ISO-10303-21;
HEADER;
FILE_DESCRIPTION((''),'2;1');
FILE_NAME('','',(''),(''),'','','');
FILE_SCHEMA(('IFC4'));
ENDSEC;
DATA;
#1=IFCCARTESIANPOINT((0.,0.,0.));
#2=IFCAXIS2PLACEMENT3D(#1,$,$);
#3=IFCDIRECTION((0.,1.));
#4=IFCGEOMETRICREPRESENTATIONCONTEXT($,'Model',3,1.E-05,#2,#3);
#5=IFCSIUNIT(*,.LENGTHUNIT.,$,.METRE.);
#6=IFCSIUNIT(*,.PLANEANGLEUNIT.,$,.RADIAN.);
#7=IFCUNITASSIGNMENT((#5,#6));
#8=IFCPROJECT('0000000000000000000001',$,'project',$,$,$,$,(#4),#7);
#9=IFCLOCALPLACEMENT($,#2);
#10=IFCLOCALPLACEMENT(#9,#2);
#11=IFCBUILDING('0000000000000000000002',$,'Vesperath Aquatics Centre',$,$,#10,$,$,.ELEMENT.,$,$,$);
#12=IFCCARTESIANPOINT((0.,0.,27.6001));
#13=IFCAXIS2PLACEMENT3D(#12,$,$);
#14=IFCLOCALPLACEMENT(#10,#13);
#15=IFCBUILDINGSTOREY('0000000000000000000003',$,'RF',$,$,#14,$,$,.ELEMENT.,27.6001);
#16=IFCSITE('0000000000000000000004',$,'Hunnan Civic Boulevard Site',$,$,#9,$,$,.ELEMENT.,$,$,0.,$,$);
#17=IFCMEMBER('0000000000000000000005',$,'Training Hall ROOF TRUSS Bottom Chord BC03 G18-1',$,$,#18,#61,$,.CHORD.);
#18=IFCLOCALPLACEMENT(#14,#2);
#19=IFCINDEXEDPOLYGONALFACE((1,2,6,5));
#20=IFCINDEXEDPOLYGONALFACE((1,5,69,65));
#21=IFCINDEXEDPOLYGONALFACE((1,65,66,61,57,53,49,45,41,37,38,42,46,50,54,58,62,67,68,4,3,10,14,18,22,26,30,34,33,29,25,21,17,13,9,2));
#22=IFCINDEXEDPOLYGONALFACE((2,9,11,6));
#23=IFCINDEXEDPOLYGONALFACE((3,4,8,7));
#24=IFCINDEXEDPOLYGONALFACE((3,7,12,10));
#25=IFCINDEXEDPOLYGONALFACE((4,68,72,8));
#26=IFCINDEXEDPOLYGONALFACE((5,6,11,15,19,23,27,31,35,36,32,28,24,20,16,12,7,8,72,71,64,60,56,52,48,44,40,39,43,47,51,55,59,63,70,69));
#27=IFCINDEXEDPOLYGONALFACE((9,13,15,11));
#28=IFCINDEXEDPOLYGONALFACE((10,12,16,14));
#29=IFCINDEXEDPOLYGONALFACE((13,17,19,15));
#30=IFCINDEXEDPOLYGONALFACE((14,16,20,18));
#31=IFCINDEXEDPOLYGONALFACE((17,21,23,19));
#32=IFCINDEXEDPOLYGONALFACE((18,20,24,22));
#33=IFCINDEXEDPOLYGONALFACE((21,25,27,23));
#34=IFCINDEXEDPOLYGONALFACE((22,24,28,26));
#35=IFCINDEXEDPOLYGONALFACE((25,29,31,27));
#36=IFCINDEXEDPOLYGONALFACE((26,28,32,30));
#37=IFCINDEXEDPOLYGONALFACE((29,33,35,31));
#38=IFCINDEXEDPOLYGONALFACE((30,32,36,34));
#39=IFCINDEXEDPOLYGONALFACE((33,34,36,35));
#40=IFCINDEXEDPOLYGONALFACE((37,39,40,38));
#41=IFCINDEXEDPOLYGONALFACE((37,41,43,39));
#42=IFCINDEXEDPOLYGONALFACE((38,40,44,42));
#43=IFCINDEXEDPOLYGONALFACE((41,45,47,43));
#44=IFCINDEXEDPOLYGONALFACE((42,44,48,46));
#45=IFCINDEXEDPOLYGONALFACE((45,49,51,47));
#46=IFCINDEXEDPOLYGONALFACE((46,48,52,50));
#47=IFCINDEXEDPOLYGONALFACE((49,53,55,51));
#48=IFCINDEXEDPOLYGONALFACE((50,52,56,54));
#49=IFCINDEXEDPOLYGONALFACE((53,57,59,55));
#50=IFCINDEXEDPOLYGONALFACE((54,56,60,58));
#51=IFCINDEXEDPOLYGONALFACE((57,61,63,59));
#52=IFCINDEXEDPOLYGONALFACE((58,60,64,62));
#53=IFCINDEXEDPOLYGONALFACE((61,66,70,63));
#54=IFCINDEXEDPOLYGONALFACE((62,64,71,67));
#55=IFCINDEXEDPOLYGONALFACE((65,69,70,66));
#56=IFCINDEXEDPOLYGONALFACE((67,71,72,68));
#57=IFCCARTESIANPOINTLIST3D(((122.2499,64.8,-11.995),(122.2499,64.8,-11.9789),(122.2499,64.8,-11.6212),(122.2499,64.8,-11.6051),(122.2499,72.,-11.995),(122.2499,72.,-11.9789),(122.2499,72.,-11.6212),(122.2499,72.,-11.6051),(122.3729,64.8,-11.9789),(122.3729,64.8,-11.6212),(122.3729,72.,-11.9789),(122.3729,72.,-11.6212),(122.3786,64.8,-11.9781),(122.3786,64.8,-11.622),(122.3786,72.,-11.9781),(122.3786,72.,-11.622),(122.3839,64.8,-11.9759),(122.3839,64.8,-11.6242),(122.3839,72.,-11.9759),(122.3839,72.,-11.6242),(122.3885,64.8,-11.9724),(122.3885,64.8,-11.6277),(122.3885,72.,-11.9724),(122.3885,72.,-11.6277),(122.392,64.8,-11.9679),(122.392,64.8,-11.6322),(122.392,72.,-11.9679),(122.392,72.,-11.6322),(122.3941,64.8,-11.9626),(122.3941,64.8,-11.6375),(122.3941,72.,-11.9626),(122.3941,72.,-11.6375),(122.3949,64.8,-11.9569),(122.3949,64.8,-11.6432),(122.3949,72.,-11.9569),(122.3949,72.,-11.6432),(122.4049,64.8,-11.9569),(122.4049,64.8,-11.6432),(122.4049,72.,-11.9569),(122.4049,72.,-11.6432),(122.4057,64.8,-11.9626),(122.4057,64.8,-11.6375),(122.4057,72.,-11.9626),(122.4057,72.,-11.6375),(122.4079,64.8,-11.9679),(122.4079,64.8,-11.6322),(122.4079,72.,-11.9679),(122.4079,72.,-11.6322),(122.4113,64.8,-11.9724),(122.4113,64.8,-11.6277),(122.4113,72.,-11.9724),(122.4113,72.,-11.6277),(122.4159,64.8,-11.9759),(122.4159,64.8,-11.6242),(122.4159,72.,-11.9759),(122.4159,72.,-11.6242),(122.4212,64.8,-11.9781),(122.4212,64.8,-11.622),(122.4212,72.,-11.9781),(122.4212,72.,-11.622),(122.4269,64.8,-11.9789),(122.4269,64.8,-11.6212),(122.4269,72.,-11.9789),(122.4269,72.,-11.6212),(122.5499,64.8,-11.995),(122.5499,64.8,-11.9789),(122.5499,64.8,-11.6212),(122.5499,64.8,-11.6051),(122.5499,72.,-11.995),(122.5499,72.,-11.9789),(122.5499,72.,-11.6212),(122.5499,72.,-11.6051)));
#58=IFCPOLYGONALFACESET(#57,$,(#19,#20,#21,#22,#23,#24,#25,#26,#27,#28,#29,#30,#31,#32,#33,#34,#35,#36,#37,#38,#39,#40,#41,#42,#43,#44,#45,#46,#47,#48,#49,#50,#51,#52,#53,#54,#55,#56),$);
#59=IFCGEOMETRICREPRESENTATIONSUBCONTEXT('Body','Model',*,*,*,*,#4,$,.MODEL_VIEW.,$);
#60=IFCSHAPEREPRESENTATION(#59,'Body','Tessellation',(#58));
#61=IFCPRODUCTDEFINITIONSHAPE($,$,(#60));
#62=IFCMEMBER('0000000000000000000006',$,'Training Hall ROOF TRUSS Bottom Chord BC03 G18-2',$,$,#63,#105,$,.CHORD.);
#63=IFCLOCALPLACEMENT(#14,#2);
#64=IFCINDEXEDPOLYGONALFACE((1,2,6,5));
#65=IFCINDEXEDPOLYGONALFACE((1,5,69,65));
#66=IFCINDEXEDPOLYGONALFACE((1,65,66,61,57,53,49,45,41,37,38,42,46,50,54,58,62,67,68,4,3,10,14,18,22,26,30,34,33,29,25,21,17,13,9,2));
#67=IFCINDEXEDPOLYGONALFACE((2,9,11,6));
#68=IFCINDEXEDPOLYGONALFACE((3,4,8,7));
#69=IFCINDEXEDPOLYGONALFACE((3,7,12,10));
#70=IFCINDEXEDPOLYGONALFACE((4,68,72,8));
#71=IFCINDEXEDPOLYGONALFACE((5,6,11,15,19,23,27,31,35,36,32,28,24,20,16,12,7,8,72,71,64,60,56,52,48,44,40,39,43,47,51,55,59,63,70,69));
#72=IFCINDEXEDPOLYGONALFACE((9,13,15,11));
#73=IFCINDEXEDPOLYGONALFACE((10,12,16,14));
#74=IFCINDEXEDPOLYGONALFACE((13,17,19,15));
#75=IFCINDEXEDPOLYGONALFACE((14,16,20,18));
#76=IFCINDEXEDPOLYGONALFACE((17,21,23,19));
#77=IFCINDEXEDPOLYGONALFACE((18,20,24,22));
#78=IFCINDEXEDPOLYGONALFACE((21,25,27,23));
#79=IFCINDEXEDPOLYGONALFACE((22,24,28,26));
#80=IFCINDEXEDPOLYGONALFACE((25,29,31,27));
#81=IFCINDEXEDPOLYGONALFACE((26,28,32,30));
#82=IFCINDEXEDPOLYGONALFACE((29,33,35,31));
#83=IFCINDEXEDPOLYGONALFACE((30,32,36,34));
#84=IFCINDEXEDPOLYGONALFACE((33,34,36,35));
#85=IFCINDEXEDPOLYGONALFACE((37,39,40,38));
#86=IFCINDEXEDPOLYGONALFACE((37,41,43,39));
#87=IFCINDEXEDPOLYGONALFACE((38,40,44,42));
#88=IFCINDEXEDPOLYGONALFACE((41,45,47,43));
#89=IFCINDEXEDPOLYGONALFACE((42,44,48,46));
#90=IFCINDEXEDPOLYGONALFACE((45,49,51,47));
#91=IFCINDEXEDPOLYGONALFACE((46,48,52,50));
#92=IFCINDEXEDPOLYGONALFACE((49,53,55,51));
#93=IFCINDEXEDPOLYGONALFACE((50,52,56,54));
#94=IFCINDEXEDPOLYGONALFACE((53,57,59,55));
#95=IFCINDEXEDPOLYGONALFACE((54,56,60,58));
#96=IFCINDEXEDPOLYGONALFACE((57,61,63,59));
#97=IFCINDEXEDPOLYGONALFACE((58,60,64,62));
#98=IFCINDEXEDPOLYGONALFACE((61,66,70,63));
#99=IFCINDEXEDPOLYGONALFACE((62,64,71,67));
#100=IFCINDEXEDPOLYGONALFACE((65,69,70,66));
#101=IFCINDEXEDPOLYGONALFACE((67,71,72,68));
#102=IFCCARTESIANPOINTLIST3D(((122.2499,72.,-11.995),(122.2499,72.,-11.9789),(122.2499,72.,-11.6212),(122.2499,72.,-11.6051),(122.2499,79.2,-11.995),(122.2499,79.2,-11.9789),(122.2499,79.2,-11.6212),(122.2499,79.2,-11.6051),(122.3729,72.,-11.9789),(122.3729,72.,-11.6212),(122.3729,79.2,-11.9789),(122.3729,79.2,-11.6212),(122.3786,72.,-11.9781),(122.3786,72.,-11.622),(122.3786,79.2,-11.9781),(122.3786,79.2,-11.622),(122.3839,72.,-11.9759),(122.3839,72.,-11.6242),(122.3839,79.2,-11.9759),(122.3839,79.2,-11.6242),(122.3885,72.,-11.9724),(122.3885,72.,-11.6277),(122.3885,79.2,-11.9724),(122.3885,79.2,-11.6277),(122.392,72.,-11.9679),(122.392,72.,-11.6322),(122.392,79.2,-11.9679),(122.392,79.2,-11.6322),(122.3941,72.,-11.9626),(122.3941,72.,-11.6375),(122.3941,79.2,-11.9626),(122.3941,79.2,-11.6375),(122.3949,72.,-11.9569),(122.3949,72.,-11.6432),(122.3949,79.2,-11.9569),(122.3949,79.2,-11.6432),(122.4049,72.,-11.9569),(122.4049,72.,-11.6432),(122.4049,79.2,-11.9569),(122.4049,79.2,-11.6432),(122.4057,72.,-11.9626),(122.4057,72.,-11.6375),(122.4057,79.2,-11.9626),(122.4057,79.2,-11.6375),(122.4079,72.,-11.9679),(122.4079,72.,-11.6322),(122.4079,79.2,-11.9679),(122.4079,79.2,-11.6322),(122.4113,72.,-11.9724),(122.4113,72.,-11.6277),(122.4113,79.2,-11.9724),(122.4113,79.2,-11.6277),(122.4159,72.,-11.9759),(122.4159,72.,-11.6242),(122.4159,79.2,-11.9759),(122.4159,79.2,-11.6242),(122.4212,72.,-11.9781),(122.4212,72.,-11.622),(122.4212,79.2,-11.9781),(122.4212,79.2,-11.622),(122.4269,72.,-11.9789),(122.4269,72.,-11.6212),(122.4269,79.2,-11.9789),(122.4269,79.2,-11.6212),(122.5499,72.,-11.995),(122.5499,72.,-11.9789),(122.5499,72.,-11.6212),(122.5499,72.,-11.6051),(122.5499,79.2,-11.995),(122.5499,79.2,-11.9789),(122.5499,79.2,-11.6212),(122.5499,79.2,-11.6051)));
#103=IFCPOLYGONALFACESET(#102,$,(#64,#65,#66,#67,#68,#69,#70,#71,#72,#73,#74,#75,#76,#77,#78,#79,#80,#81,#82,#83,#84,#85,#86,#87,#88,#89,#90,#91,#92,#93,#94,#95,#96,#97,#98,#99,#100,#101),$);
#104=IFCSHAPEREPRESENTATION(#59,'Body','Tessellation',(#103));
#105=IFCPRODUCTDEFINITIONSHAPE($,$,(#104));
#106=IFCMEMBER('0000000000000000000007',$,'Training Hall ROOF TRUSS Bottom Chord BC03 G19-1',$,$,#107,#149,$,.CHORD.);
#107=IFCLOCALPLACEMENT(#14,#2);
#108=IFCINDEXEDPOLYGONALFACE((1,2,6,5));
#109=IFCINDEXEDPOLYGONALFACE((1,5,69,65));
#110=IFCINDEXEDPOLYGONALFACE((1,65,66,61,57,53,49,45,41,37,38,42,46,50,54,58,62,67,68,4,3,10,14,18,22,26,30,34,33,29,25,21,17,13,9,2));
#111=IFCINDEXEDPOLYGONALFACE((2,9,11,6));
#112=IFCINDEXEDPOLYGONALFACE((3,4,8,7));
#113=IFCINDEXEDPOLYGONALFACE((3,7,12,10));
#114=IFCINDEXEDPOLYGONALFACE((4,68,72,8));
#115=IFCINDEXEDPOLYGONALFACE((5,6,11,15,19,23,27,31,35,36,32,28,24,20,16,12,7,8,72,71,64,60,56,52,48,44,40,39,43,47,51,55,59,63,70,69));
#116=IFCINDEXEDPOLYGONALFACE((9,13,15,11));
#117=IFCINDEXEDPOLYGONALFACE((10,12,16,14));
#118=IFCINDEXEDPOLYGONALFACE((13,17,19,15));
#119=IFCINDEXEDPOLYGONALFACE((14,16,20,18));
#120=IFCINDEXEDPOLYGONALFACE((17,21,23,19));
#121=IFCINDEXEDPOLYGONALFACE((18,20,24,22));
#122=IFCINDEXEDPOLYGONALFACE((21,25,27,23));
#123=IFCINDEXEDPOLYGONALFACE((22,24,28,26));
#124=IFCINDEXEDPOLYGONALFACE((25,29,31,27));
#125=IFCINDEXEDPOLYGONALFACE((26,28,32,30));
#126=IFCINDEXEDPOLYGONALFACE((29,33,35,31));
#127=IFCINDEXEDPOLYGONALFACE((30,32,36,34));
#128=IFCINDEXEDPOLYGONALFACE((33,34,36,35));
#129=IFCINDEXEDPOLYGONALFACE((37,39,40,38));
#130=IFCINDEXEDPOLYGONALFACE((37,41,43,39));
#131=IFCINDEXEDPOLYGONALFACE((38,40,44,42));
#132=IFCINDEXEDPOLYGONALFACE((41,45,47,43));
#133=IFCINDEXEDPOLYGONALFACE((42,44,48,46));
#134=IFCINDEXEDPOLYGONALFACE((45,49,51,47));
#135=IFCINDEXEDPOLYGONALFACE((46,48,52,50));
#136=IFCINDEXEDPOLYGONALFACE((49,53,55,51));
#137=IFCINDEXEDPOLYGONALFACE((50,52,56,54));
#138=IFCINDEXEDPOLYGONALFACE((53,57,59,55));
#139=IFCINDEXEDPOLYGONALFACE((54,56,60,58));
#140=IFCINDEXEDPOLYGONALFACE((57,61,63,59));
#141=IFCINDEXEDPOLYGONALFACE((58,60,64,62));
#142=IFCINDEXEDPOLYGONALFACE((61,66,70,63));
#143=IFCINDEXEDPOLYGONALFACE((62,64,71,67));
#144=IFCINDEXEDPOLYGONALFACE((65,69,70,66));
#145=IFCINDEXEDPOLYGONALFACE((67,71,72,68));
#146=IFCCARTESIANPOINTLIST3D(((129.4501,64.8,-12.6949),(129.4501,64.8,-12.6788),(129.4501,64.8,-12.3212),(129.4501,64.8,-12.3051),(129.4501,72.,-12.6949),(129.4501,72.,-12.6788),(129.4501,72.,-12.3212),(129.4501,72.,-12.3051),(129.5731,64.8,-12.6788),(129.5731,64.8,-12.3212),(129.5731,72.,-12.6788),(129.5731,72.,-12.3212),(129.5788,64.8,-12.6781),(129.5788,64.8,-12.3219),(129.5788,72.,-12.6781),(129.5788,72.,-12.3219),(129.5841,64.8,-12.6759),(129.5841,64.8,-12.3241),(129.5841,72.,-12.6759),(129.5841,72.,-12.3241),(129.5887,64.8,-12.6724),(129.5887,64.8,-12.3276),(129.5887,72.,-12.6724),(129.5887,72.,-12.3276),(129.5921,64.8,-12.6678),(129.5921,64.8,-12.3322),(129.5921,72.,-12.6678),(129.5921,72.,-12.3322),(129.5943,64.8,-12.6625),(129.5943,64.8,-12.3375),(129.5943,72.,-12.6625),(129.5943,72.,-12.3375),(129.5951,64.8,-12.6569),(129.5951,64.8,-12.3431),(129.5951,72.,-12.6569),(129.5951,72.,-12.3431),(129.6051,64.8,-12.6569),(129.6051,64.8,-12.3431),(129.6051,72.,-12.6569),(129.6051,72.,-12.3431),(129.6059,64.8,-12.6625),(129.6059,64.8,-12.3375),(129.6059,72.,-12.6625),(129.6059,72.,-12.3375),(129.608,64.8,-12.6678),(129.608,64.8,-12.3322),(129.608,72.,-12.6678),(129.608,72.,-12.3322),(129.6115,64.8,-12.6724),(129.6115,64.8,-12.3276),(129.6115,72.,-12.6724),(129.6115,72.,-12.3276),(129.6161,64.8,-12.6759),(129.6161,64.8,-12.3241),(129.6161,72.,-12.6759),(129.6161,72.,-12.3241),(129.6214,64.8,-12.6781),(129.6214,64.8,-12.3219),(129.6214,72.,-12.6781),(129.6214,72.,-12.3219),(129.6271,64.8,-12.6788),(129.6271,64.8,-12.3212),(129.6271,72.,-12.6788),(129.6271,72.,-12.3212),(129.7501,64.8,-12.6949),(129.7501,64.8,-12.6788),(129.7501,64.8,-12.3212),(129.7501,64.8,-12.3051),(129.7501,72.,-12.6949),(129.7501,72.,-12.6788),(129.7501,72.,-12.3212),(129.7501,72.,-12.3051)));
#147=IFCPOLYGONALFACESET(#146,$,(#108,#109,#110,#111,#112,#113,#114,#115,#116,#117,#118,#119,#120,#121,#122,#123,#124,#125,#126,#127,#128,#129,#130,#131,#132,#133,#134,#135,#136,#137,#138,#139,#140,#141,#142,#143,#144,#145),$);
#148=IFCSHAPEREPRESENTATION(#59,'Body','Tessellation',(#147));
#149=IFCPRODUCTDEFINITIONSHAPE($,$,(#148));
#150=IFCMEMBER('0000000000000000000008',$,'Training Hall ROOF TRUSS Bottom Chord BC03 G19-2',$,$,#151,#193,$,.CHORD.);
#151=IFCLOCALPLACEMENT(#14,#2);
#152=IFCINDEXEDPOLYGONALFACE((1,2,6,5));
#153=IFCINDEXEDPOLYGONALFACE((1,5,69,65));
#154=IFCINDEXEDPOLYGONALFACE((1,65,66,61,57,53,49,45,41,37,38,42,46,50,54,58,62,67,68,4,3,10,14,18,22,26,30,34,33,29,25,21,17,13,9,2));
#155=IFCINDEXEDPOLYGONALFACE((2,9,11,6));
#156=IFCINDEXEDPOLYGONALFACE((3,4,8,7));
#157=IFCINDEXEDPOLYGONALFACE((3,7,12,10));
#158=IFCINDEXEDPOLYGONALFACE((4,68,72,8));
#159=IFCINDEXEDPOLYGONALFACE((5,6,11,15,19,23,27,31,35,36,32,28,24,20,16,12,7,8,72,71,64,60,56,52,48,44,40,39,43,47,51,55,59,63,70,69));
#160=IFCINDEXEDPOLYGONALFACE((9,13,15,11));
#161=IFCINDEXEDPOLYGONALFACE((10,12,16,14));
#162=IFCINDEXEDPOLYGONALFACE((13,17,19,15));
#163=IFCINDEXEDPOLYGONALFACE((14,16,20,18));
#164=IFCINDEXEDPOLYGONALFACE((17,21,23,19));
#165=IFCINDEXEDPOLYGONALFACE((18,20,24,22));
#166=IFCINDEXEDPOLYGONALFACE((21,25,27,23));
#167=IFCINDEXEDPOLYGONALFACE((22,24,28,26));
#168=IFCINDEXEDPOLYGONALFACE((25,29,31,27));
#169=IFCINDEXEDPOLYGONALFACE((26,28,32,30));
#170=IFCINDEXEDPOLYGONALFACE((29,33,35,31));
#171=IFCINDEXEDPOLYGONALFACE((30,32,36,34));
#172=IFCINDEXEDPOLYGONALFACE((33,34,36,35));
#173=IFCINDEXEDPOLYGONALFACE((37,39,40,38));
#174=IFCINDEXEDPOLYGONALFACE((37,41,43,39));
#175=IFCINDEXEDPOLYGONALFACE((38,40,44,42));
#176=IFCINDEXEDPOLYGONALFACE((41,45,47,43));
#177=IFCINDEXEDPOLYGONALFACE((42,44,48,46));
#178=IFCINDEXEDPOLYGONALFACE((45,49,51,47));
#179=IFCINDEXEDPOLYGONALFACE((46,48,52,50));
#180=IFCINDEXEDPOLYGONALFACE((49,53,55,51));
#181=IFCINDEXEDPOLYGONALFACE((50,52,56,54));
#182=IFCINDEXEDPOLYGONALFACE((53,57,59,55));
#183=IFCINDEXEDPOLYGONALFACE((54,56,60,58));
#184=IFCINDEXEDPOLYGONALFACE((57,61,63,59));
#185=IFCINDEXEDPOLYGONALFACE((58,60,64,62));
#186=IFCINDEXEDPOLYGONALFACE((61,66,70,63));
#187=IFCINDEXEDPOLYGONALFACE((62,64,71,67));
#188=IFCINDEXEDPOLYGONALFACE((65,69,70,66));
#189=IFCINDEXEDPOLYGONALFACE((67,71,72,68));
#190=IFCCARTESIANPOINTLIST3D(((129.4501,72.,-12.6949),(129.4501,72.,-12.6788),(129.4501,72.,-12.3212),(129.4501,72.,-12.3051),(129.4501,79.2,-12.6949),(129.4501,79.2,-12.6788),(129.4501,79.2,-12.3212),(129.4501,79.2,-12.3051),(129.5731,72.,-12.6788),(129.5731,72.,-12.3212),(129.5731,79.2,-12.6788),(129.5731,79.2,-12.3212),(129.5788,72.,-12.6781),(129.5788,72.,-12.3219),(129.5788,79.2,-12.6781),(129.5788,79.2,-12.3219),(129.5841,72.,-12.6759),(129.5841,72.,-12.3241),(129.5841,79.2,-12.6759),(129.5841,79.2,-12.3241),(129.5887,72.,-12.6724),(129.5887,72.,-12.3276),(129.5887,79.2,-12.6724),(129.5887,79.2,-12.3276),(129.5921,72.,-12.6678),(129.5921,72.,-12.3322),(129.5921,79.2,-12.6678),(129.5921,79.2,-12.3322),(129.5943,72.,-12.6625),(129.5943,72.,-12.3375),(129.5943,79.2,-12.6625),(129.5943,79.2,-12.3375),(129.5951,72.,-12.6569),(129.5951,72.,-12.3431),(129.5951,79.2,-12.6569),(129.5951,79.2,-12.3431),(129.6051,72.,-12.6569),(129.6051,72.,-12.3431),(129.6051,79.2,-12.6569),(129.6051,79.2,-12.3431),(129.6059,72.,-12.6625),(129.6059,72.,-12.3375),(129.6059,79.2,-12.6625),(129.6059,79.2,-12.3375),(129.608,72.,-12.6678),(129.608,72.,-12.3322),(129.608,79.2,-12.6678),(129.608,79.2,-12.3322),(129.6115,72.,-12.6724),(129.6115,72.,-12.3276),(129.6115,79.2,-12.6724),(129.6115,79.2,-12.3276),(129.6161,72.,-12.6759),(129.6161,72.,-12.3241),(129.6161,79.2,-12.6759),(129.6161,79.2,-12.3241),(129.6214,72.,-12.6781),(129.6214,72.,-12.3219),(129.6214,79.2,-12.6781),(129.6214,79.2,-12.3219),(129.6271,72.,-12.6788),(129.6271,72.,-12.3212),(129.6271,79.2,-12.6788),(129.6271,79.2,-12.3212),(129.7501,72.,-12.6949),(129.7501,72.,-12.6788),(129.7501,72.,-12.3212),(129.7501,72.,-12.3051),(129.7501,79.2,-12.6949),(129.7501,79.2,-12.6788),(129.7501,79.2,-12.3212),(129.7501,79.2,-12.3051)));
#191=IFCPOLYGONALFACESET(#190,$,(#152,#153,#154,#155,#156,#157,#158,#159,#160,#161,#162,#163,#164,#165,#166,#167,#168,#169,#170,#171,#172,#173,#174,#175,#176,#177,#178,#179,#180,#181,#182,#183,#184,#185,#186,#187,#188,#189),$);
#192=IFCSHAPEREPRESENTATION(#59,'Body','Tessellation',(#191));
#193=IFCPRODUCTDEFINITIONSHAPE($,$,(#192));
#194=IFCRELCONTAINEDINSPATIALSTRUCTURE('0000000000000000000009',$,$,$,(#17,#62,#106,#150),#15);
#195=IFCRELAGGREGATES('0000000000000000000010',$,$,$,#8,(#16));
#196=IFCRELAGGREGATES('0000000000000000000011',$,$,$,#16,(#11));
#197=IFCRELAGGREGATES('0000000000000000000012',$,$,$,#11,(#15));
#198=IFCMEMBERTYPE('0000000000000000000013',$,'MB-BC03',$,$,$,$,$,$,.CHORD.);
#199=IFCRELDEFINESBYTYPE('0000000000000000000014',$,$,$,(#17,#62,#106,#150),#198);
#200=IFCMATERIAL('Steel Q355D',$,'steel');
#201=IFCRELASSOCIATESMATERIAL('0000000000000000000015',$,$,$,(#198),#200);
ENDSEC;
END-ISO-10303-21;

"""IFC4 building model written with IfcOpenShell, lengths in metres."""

from ifc_helpers import new_model, si_unit, direction, frame, origin, origin_2d, place, context, subcontext, project, spatial, i_section, extrude, material, material_profile, profile_set, type_object, element, save


model = new_model("IFC4")

# Units and contexts
model_context = context("Model", 3, precision=1e-05, world=origin(), true_north=direction((0.0, 1.0)))
body_context = subcontext(model_context, "Body", "Model", "MODEL_VIEW")
ifc_project = project(units=[si_unit("LENGTHUNIT", "METRE"), si_unit("PLANEANGLEUNIT", "RADIAN")], contexts=[model_context])

# Site, building, storey
site_placement = place(None, origin())
site = spatial("IfcSite", under=ifc_project, at=site_placement, Name="Hunnan Civic Boulevard Site", CompositionType="ELEMENT", RefElevation=0.0)
building_placement = place(site_placement, origin())
building = spatial("IfcBuilding", under=site, at=building_placement, Name="Vesperath Aquatics Centre", CompositionType="ELEMENT")
storey_placement = place(building_placement, frame((0.0, 0.0, 27.6001)))
storey = spatial("IfcBuildingStorey", under=building, at=storey_placement, Name="RF", CompositionType="ELEMENT", Elevation=27.6001)

# Members
ifc_material_1 = material(Name="Steel Q355D", Category="steel")
ifc_material_profile_1 = material_profile(ifc_material_1, i_section(OverallWidth=0.3, OverallDepth=0.3899, WebThickness=0.01, FlangeThickness=0.0161, FilletRadius=0.022, at=origin_2d()), Name="HM 390x300x10x16")
ifc_profile_set_1 = profile_set([ifc_material_profile_1], Name="Steel Q355D")
member_type_1 = type_object("IfcMemberType", Name="MB-BC03", PredefinedType="CHORD", material=ifc_profile_set_1)
for number, where, z_axis, x_axis, name in (
    (1, (122.3999, 64.8, -11.8), (0.0, 1.0, 0.0), (-1.0, 0.0, 0.0), "Training Hall ROOF TRUSS Bottom Chord BC03 G18-1"),
    (2, (122.3999, 72.0, -11.8), (0.0, 1.0, 0.0), (-1.0, 0.0, 0.0), "Training Hall ROOF TRUSS Bottom Chord BC03 G18-2"),
    (3, (129.6001, 64.8, -12.5), (0.0, 1.0, 0.0), (-1.0, 0.0, 0.0), "Training Hall ROOF TRUSS Bottom Chord BC03 G19-1"),
    (4, (129.6001, 72.0, -12.5), (0.0, 1.0, 0.0), (-1.0, 0.0, 0.0), "Training Hall ROOF TRUSS Bottom Chord BC03 G19-2"),
):
    element("IfcMember", number, at=place(storey_placement, frame(where, z_axis=z_axis, x_axis=x_axis)), inside=storey, type_object=member_type_1, Name=name, PredefinedType="CHORD", context=body_context, shape_type="SweptSolid", body=[
        extrude(i_section(OverallWidth=0.3, OverallDepth=0.3899, WebThickness=0.01, FlangeThickness=0.0161, FilletRadius=0.022, at=origin_2d()), origin(), (0.0, 0.0, 1.0), 7.2),
    ])

save(model, "model.ifc")
